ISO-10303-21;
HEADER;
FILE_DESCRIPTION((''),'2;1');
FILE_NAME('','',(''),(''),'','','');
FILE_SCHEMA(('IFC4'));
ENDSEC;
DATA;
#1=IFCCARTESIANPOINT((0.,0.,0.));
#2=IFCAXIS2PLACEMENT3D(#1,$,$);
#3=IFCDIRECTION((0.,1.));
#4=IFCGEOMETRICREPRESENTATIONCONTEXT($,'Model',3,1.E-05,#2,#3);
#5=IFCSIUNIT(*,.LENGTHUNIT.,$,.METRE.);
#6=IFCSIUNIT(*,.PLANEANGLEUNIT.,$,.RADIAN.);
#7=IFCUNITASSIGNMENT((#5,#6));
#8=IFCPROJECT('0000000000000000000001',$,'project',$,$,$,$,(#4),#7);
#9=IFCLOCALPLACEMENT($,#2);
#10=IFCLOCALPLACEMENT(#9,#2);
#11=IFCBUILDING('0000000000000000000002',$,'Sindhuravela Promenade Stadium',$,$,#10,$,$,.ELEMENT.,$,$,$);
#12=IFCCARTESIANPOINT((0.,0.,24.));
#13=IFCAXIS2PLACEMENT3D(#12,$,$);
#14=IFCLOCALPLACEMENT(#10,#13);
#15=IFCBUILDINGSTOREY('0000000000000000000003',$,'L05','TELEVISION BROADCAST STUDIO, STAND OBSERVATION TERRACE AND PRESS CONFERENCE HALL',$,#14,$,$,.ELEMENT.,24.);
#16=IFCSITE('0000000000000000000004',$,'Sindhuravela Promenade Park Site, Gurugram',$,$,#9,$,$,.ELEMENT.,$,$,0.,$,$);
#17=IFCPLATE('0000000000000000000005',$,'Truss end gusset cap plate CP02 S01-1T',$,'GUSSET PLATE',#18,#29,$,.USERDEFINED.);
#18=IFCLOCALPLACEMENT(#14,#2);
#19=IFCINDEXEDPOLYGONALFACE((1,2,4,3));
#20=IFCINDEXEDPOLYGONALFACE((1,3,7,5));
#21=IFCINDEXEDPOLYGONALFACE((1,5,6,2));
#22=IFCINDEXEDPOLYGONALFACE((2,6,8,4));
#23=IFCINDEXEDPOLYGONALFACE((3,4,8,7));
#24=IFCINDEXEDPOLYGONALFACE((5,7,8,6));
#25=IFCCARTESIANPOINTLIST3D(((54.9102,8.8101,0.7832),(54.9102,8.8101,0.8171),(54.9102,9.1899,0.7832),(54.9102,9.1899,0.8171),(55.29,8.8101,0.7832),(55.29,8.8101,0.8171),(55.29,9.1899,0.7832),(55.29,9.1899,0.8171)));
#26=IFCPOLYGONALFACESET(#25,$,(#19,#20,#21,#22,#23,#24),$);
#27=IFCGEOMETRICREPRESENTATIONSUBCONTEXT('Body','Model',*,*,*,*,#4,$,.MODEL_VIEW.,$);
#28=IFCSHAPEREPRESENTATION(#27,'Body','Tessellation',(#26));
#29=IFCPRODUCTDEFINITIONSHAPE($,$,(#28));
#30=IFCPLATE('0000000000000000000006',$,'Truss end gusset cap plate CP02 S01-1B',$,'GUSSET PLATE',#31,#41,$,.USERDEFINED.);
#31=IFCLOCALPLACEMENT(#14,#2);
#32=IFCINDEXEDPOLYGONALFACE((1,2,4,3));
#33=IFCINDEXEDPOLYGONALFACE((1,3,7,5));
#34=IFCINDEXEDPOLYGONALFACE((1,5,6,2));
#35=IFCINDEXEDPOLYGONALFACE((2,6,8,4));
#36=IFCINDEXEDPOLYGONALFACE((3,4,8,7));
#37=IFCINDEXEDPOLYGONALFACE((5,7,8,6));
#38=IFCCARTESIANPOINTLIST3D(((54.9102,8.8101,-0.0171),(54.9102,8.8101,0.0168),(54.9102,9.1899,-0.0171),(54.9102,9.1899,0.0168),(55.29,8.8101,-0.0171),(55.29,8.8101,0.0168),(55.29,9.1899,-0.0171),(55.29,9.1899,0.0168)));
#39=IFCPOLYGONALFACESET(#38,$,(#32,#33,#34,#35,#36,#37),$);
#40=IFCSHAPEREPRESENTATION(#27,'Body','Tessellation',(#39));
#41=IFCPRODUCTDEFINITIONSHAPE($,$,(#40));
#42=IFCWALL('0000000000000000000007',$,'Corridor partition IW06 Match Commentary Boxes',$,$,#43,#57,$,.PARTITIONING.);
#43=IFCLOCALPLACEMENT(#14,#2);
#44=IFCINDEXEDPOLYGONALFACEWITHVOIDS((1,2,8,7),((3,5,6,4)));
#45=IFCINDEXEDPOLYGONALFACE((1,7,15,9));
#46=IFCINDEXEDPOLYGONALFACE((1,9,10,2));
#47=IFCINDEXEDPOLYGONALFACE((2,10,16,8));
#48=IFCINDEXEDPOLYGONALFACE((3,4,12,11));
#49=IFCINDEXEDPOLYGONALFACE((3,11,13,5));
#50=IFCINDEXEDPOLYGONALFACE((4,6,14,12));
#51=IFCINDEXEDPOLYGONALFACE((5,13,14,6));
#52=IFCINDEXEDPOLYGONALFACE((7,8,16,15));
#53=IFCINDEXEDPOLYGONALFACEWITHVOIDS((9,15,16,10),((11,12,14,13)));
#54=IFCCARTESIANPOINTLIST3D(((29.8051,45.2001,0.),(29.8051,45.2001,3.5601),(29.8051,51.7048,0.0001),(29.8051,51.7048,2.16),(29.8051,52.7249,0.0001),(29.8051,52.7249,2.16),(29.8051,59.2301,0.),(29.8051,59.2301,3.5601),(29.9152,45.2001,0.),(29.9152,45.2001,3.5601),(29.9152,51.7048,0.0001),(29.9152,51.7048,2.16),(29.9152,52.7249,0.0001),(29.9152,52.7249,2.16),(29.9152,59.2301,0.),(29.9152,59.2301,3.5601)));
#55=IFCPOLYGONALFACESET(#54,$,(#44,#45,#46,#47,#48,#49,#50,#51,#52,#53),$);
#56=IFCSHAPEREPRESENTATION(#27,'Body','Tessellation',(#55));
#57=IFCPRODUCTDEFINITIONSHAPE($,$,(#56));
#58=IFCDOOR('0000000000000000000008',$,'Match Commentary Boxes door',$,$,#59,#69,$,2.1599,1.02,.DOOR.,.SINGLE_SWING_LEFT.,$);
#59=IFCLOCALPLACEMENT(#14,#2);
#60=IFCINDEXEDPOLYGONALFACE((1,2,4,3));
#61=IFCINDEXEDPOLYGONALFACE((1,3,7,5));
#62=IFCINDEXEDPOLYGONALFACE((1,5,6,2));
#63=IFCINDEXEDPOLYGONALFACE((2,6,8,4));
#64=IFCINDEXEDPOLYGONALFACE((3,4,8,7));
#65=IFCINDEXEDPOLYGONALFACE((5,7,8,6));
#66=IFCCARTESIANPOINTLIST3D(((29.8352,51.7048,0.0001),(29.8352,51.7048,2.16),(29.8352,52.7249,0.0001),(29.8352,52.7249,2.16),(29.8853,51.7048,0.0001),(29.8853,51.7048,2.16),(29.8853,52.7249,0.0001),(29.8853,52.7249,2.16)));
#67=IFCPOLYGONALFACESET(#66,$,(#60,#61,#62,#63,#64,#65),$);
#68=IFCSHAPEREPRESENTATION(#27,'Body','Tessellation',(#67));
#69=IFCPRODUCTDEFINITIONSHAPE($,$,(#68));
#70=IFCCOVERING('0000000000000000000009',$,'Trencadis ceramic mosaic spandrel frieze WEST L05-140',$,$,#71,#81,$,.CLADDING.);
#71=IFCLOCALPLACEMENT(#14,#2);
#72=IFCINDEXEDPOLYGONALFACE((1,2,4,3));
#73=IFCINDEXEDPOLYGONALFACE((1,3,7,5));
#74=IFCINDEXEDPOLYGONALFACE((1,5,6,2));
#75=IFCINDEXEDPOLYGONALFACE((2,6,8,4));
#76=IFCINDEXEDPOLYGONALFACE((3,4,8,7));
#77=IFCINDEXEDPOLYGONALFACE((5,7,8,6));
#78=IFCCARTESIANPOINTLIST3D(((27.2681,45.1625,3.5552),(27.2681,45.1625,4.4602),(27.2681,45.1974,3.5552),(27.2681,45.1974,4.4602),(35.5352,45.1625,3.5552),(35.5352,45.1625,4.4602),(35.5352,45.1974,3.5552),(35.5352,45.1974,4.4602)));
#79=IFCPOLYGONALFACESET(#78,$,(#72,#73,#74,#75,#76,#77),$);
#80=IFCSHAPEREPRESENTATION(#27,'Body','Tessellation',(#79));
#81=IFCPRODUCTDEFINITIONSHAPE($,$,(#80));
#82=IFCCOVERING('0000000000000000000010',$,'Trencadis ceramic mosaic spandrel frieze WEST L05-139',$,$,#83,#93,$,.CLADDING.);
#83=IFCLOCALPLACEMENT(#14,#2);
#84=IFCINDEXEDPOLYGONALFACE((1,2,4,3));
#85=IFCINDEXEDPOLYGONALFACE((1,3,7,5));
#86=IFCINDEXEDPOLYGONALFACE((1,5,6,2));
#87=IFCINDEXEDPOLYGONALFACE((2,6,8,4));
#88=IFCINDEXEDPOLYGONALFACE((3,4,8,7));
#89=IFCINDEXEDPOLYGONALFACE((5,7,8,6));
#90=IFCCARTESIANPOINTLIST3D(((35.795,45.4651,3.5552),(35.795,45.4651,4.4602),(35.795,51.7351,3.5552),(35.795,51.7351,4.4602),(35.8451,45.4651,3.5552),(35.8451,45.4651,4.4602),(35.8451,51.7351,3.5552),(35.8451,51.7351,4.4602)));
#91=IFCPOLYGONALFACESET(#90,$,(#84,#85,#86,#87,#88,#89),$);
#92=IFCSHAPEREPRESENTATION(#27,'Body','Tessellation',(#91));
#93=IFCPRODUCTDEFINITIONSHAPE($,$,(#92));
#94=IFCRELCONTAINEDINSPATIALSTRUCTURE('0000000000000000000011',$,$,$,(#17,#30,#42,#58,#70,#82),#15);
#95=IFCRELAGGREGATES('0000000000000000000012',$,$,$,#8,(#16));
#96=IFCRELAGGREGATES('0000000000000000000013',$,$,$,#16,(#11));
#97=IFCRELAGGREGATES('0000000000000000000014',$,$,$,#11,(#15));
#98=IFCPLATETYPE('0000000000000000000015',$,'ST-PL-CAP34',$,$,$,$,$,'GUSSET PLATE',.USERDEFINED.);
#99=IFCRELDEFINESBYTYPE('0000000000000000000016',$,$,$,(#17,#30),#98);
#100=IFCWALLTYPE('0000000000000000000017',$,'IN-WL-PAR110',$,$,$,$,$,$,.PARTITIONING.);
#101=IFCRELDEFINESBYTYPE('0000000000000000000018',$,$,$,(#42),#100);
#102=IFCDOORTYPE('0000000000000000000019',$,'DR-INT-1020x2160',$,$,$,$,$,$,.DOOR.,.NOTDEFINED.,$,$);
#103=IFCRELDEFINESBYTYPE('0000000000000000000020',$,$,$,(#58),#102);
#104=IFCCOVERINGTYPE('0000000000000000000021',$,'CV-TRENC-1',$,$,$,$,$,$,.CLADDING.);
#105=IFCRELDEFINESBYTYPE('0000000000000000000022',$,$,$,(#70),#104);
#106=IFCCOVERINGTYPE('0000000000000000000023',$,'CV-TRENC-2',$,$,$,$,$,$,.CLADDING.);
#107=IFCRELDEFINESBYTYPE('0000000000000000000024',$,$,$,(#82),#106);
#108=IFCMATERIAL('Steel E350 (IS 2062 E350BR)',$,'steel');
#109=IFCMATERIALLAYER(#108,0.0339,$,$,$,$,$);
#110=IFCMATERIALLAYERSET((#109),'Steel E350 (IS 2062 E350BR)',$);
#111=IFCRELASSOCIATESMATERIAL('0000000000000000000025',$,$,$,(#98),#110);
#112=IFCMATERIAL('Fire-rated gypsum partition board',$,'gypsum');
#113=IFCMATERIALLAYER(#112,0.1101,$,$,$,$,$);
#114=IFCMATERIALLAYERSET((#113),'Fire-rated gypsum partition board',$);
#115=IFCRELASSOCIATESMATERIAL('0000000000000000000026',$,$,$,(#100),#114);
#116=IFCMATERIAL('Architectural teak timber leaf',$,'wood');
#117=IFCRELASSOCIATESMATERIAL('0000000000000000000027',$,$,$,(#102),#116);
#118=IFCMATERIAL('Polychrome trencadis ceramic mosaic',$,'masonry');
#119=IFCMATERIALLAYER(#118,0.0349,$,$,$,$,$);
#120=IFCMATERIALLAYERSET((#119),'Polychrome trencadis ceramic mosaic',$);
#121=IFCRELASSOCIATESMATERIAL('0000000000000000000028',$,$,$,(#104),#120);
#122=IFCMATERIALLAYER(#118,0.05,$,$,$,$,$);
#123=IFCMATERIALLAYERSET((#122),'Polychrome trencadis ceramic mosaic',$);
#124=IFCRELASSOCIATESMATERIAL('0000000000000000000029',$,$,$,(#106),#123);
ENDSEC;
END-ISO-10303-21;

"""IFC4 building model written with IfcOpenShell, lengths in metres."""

from ifc_helpers import new_model, si_unit, direction, frame, frame_2d, origin, origin_2d, place, context, subcontext, project, spatial, rectangle, extrude, material, layer, layer_set, type_object, element, fill, save


model = new_model("IFC4")

# Units and contexts
model_context = context("Model", 3, precision=1e-05, world=origin(), true_north=direction((0.0, 1.0)))
body_context = subcontext(model_context, "Body", "Model", "MODEL_VIEW")
ifc_project = project(units=[si_unit("LENGTHUNIT", "METRE"), si_unit("PLANEANGLEUNIT", "RADIAN")], contexts=[model_context])

# Site, building, storey
site_placement = place(None, origin())
site = spatial("IfcSite", under=ifc_project, at=site_placement, Name="Sindhuravela Promenade Park Site, Gurugram", CompositionType="ELEMENT", RefElevation=0.0)
building_placement = place(site_placement, origin())
building = spatial("IfcBuilding", under=site, at=building_placement, Name="Sindhuravela Promenade Stadium", CompositionType="ELEMENT")
storey_placement = place(building_placement, frame((0.0, 0.0, 24.0)))
storey = spatial("IfcBuildingStorey", under=building, at=storey_placement, Name="L05", Description="TELEVISION BROADCAST STUDIO, STAND OBSERVATION TERRACE AND PRESS CONFERENCE HALL", CompositionType="ELEMENT", Elevation=24.0)

# Shared definitions
ifc_material_1 = material(Name="Steel E350 (IS 2062 E350BR)", Category="steel")

# Plates
ifc_layer_1 = layer(ifc_material_1, 0.0339)
ifc_layer_set_1 = layer_set([ifc_layer_1], Name="Steel E350 (IS 2062 E350BR)")
plate_type_1 = type_object("IfcPlateType", Name="ST-PL-CAP34", ElementType="GUSSET PLATE", PredefinedType="USERDEFINED", material=ifc_layer_set_1)
for number, where, z_axis, x_axis, name in (
    (1, (55.1001, 9.0, 0.7832), (0.0, 0.0, 1.0), (1.0, 0.0, 0.0), "Truss end gusset cap plate CP02 S01-1T"),
    (2, (55.1001, 9.0, -0.0171), (0.0, 0.0, 1.0), (1.0, 0.0, 0.0), "Truss end gusset cap plate CP02 S01-1B"),
):
    element("IfcPlate", number, at=place(storey_placement, frame(where, z_axis=z_axis, x_axis=x_axis)), inside=storey, type_object=plate_type_1, Name=name, ObjectType="GUSSET PLATE", PredefinedType="USERDEFINED", context=body_context, shape_type="SweptSolid", body=[
        extrude(rectangle(XDim=0.3799, YDim=0.3799, at=origin_2d()), origin(), (0.0, 0.0, 1.0), 0.0339),
    ])

# Wall, opening, door
ifc_material_2 = material(Name="Fire-rated gypsum partition board", Category="gypsum")
ifc_layer_2 = layer(ifc_material_2, 0.1101)
ifc_layer_set_2 = layer_set([ifc_layer_2], Name="Fire-rated gypsum partition board")
wall_type = type_object("IfcWallType", Name="IN-WL-PAR110", PredefinedType="PARTITIONING", material=ifc_layer_set_2)
wall_placement = place(storey_placement, frame((29.8601, 45.2, 0.0), z_axis=(0.0, 0.0, 1.0), x_axis=(0.0, 1.0, 0.0)))
wall = element("IfcWall", 3, at=wall_placement, inside=storey, type_object=wall_type, Name="Corridor partition IW06 Match Commentary Boxes", PredefinedType="PARTITIONING", context=body_context, shape_type="SweptSolid", body=[
    extrude(rectangle(XDim=14.03, YDim=0.1101, at=frame_2d((7.0151, 0.0))), origin(), (0.0, 0.0, 1.0), 3.5601),
])
opening_placement = place(wall_placement, frame((6.5049, 0.0, 0.0)))
opening = element("IfcOpeningElement", 4, at=opening_placement, cuts=wall, PredefinedType="OPENING", context=body_context, shape_type="SweptSolid", body=[
    extrude(rectangle(XDim=1.02, YDim=2.1599, at=frame_2d((0.51, 1.0801))), frame((0.0, 0.0649, 0.0), z_axis=(0.0, -1.0, 0.0), x_axis=(1.0, 0.0, 0.0)), (0.0, 0.0, 1.0), 0.1301),
])
ifc_material_3 = material(Name="Architectural teak timber leaf", Category="wood")
door_type = type_object("IfcDoorType", Name="DR-INT-1020x2160", OperationType="NOTDEFINED", PredefinedType="DOOR", material=ifc_material_3)
door_placement = place(opening_placement, origin())
door = element("IfcDoor", 5, at=door_placement, inside=storey, type_object=door_type, Name="Match Commentary Boxes door", OperationType="SINGLE_SWING_LEFT", OverallHeight=2.1599, OverallWidth=1.02, PredefinedType="DOOR", context=body_context, shape_type="SweptSolid", body=[
    extrude(rectangle(XDim=1.02, YDim=2.1599, at=frame_2d((0.51, 1.0801))), frame((0.0, 0.0249, 0.0), z_axis=(0.0, -1.0, 0.0), x_axis=(1.0, 0.0, 0.0)), (0.0, 0.0, 1.0), 0.05),
])
fill(opening, door)

# Coverings
ifc_material_4 = material(Name="Polychrome trencadis ceramic mosaic", Category="masonry")
ifc_layer_3 = layer(ifc_material_4, 0.0349)
ifc_layer_set_3 = layer_set([ifc_layer_3], Name="Polychrome trencadis ceramic mosaic")
covering_type_1 = type_object("IfcCoveringType", Name="CV-TRENC-1", PredefinedType="CLADDING", material=ifc_layer_set_3)
covering_1_placement = place(storey_placement, frame((31.4016, 45.1799, 3.5552), z_axis=(0.0, 0.0, 1.0), x_axis=(-1.0, 0.0, 0.0)))
element("IfcCovering", 6, at=covering_1_placement, inside=storey, type_object=covering_type_1, Name="Trencadis ceramic mosaic spandrel frieze WEST L05-140", PredefinedType="CLADDING", context=body_context, shape_type="SweptSolid", body=[
    extrude(rectangle(XDim=8.2671, YDim=0.0349, at=origin_2d()), origin(), (0.0, 0.0, 1.0), 0.905),
])
ifc_layer_4 = layer(ifc_material_4, 0.05)
ifc_layer_set_4 = layer_set([ifc_layer_4], Name="Polychrome trencadis ceramic mosaic")
covering_type_2 = type_object("IfcCoveringType", Name="CV-TRENC-2", PredefinedType="CLADDING", material=ifc_layer_set_4)
covering_2_placement = place(storey_placement, frame((35.8201, 48.6001, 3.5552), z_axis=(0.0, 0.0, 1.0), x_axis=(0.0, -1.0, 0.0)))
element("IfcCovering", 7, at=covering_2_placement, inside=storey, type_object=covering_type_2, Name="Trencadis ceramic mosaic spandrel frieze WEST L05-139", PredefinedType="CLADDING", context=body_context, shape_type="SweptSolid", body=[
    extrude(rectangle(XDim=6.27, YDim=0.05, at=origin_2d()), origin(), (0.0, 0.0, 1.0), 0.905),
])

save(model, "model.ifc")
